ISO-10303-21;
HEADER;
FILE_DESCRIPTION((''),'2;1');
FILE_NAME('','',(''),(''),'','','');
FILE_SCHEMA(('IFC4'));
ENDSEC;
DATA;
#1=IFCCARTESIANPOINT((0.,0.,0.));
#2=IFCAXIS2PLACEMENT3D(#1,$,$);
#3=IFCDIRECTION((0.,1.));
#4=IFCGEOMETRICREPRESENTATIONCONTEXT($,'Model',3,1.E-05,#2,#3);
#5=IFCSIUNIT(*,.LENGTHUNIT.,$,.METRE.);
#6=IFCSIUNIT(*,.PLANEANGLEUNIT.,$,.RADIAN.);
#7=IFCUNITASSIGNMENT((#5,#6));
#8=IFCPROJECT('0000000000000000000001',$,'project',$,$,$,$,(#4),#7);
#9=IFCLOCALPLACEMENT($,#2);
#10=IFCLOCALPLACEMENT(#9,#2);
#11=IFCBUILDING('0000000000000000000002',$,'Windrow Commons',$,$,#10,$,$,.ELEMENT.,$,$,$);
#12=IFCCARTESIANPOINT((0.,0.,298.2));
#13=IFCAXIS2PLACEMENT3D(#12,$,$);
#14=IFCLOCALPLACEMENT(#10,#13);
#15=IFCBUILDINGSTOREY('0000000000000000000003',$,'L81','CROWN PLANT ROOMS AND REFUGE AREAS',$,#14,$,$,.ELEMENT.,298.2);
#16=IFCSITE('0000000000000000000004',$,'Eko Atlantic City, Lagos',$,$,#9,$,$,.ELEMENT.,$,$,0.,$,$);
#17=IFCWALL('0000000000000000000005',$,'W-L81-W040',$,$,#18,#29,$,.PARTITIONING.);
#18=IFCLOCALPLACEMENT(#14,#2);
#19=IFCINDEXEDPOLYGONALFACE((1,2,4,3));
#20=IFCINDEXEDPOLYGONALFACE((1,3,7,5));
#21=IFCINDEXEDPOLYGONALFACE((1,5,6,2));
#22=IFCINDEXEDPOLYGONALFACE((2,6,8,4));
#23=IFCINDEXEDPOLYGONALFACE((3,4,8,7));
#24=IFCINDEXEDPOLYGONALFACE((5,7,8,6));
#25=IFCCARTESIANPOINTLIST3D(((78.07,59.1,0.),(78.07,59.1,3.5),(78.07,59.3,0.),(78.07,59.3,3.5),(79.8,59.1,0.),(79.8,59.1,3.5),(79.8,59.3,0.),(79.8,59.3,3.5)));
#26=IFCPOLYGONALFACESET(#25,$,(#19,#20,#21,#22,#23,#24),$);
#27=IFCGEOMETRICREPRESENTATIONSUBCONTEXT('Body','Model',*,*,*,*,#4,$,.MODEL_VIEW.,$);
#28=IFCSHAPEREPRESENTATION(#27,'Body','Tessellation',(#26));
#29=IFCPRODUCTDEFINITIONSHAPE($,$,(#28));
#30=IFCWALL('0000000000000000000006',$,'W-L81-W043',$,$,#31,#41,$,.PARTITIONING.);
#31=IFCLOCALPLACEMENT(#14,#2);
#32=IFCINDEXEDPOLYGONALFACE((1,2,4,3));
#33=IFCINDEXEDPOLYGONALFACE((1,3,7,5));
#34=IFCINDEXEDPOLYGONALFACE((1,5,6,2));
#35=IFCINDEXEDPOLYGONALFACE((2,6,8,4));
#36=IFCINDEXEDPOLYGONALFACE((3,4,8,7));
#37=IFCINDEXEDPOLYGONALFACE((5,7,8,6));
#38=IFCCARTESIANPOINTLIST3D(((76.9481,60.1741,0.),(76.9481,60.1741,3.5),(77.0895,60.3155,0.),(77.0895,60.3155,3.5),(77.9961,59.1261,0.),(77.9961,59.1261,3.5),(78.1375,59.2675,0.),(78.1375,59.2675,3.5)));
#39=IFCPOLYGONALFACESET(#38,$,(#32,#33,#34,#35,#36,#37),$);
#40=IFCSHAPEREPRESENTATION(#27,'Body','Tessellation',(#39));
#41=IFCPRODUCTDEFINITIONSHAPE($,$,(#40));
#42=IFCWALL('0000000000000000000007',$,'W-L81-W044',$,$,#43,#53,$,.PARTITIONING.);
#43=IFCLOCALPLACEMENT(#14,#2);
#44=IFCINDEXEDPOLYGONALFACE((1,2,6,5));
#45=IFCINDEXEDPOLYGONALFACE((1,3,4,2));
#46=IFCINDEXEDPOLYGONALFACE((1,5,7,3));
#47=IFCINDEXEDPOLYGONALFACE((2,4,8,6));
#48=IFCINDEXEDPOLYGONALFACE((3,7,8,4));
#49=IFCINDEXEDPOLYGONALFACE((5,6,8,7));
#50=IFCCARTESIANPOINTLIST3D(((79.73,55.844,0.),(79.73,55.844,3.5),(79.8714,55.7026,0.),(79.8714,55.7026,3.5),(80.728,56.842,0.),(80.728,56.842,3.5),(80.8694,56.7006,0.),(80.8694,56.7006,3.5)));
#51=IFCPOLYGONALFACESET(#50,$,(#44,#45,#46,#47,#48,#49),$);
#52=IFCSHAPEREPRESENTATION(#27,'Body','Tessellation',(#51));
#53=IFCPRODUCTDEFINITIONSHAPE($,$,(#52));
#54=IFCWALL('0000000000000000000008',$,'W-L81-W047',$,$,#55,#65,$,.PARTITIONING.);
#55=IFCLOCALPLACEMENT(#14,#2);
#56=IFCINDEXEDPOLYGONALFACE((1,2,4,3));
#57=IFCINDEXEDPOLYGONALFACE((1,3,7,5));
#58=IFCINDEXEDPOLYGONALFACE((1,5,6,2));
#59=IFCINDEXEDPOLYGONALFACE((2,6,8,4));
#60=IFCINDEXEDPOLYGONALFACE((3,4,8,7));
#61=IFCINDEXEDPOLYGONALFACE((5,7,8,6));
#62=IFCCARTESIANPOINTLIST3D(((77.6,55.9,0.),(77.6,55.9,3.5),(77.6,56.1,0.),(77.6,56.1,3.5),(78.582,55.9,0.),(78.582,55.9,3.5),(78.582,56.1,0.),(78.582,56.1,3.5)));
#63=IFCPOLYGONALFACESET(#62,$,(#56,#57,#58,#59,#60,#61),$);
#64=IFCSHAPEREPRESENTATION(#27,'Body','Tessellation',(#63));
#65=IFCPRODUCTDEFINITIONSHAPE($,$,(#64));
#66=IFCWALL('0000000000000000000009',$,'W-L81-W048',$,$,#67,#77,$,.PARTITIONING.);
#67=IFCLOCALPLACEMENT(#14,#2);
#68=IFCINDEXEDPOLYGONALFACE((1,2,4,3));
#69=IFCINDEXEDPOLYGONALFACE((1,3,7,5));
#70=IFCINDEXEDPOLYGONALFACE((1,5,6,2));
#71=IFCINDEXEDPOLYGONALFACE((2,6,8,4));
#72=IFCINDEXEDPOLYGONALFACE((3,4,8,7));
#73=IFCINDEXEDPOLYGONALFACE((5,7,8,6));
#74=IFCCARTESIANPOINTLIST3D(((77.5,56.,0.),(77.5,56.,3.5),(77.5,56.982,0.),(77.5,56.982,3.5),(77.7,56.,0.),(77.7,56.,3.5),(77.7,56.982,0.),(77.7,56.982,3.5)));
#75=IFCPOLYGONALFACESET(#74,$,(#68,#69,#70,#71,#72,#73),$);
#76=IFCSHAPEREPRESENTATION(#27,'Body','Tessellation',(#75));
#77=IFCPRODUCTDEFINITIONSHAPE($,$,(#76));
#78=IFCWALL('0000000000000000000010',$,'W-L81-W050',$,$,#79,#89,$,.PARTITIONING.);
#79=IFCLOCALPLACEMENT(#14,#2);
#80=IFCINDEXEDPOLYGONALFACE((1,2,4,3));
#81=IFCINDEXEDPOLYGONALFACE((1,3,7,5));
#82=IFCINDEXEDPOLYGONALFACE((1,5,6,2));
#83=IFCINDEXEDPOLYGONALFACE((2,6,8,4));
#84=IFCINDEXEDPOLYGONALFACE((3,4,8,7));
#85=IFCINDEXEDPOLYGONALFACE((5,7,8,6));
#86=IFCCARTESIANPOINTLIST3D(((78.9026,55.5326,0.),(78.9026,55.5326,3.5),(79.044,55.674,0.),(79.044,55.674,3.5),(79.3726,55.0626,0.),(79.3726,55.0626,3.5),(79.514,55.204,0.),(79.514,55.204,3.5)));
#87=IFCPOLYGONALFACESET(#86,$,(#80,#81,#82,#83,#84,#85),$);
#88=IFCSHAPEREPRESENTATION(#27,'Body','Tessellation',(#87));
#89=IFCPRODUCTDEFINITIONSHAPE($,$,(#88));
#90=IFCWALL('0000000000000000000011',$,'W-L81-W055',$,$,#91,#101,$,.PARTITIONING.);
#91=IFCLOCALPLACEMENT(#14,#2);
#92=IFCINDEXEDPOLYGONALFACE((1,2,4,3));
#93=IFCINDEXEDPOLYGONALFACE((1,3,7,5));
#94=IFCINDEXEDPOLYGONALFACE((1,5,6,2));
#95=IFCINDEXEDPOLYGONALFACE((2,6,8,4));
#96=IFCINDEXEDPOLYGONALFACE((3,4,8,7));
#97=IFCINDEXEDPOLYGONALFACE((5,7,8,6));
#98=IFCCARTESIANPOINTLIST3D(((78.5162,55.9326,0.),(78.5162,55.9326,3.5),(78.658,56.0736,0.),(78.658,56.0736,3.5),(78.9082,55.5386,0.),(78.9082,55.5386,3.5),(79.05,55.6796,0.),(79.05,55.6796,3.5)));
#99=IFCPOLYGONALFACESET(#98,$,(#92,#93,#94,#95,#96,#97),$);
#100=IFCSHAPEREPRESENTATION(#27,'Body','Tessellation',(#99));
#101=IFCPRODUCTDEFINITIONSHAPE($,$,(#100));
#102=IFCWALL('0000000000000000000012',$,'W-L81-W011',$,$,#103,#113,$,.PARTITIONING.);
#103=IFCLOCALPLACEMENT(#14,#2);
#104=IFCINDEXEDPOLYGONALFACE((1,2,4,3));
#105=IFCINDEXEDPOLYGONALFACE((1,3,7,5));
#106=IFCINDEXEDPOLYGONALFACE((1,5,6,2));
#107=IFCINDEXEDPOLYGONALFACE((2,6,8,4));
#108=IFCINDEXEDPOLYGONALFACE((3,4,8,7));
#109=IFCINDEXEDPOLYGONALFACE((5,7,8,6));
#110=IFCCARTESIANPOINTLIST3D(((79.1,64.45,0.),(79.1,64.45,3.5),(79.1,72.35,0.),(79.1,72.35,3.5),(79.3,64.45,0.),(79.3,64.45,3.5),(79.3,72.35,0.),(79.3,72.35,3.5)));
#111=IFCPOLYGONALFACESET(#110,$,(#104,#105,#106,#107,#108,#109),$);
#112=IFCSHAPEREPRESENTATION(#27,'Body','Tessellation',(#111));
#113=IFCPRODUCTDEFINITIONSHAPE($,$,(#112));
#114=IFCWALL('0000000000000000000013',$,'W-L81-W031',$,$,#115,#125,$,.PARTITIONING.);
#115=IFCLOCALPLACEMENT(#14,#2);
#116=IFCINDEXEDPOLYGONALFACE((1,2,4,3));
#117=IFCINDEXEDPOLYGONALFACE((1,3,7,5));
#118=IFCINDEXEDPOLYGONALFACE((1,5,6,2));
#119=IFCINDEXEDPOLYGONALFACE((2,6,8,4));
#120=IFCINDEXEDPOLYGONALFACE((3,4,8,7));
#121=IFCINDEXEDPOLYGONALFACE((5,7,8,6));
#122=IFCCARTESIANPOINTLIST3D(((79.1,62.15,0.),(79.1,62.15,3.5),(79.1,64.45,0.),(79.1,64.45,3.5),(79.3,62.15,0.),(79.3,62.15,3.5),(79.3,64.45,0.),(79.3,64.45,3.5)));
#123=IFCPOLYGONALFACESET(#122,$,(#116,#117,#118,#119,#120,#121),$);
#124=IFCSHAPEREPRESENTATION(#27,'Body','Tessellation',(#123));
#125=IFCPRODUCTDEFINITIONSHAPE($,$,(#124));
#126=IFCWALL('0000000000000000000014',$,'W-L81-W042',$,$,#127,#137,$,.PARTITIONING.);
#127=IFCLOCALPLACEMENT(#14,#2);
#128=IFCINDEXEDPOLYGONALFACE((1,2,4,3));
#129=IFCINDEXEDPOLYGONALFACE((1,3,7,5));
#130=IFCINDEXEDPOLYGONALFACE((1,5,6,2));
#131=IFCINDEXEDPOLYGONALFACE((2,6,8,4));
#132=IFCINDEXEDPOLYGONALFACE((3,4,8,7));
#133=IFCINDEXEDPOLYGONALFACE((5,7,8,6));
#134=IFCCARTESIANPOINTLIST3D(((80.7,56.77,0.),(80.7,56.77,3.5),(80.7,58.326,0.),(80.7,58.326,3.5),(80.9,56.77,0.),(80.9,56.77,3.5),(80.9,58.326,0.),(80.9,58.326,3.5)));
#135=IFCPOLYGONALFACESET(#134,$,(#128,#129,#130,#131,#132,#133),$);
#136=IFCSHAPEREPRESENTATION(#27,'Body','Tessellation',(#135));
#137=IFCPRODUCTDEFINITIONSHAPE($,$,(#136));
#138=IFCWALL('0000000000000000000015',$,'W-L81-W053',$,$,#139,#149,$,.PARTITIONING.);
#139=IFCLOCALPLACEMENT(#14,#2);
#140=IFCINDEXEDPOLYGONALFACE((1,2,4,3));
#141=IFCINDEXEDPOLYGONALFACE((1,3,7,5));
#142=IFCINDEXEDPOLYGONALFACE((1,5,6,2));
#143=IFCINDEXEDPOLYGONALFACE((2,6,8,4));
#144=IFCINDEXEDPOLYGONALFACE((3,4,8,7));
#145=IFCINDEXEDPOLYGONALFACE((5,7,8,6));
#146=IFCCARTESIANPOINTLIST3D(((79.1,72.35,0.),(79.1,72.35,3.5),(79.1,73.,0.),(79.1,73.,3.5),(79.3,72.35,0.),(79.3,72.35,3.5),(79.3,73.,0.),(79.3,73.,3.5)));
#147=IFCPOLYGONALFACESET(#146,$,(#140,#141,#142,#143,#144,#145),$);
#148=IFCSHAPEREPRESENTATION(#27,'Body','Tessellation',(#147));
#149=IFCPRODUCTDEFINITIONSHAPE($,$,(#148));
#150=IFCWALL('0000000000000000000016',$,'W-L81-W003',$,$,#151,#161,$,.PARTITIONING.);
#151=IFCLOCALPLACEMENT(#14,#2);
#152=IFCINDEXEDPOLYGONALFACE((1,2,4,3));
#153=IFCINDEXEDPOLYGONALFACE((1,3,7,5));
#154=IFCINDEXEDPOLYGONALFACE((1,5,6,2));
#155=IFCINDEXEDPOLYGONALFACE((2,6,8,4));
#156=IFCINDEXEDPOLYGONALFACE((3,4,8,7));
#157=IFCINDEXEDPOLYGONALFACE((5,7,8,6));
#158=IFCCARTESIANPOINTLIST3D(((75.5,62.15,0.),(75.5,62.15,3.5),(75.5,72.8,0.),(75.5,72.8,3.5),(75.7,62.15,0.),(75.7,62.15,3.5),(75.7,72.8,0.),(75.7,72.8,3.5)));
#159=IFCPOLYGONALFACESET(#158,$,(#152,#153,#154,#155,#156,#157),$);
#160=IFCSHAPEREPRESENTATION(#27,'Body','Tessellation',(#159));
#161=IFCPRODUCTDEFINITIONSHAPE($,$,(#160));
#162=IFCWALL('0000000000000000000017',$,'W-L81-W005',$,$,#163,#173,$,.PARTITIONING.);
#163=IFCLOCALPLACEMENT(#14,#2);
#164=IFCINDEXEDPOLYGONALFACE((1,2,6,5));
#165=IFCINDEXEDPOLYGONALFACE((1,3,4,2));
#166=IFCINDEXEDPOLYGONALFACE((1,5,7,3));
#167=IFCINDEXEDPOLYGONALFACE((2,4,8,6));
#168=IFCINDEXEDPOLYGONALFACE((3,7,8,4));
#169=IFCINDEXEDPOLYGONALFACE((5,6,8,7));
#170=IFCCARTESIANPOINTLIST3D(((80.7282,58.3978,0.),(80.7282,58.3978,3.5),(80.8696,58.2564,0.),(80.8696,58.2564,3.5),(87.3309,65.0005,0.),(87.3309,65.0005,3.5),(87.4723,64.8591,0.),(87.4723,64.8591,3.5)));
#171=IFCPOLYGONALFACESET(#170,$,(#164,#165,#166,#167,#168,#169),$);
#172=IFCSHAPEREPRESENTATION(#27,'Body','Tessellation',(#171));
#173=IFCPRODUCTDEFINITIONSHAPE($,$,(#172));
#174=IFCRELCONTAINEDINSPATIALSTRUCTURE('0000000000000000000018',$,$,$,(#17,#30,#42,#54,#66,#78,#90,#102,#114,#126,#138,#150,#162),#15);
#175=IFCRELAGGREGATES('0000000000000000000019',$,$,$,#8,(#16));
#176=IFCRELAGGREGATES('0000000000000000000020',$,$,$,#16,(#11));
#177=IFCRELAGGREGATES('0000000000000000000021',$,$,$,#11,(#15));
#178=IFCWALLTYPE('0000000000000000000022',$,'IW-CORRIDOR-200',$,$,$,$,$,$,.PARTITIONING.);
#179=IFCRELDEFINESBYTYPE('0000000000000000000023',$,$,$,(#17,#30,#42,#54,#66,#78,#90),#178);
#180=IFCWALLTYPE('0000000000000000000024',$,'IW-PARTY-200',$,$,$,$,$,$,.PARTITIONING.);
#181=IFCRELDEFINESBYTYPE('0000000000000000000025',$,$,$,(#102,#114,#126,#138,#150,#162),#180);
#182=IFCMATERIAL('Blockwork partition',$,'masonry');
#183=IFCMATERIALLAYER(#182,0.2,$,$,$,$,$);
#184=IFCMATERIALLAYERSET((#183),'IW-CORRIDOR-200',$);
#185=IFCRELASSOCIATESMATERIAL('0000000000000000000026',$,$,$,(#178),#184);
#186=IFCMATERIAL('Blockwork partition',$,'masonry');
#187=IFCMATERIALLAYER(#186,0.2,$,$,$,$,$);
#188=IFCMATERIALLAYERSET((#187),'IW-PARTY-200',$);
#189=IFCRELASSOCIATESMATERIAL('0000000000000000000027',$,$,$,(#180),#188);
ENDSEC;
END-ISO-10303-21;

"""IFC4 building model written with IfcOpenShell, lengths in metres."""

from ifc_helpers import new_model, si_unit, direction, frame, frame_2d, origin, place, context, subcontext, project, spatial, polyline, rectangle, outline, extrude, material, layer, layer_set, type_object, element, save


model = new_model("IFC4")

# Units and contexts
model_context = context("Model", 3, precision=1e-05, world=origin(), true_north=direction((0.0, 1.0)))
body_context = subcontext(model_context, "Body", "Model", "MODEL_VIEW")
ifc_project = project(units=[si_unit("LENGTHUNIT", "METRE"), si_unit("PLANEANGLEUNIT", "RADIAN")], contexts=[model_context])

# Site, building, storey
site_placement = place(None, origin())
site = spatial("IfcSite", under=ifc_project, at=site_placement, Name="Eko Atlantic City, Lagos", CompositionType="ELEMENT", RefElevation=0.0)
building_placement = place(site_placement, origin())
building = spatial("IfcBuilding", under=site, at=building_placement, Name="Windrow Commons", CompositionType="ELEMENT")
storey_placement = place(building_placement, frame((0.0, 0.0, 298.2)))
storey = spatial("IfcBuildingStorey", under=building, at=storey_placement, Name="L81", Description="CROWN PLANT ROOMS AND REFUGE AREAS", CompositionType="ELEMENT", Elevation=298.2)

# Shared definitions
ifc_material_1 = material(Name="Blockwork partition", Category="masonry")
ifc_layer_1 = layer(ifc_material_1, 0.2)
ifc_layer_set_1 = layer_set([ifc_layer_1], Name="IW-CORRIDOR-200")
wall_type_1 = type_object("IfcWallType", Name="IW-CORRIDOR-200", PredefinedType="PARTITIONING", material=ifc_layer_set_1)

# Walls
wall_1_placement = place(storey_placement, frame((78.07, 59.2, 0.0), z_axis=(0.0, 0.0, 1.0), x_axis=(1.0, 0.0, 0.0)))
element("IfcWall", 1, at=wall_1_placement, inside=storey, type_object=wall_type_1, Name="W-L81-W040", PredefinedType="PARTITIONING", context=body_context, shape_type="SweptSolid", body=[
    extrude(rectangle(XDim=1.73, YDim=0.2, at=frame_2d((0.865, 0.0))), origin(), (0.0, 0.0, 1.0), 3.5),
])
wall_2_placement = place(storey_placement, frame((77.0188, 60.2448, 0.0), z_axis=(0.0, 0.0, 1.0), x_axis=(0.707107, -0.707107, 0.0)))
element("IfcWall", 2, at=wall_2_placement, inside=storey, type_object=wall_type_1, Name="W-L81-W043", PredefinedType="PARTITIONING", context=body_context, shape_type="SweptSolid", body=[
    extrude(rectangle(XDim=1.4821, YDim=0.2, at=frame_2d((0.741, 0.0))), origin(), (0.0, 0.0, 1.0), 3.5),
])
wall_3_placement = place(storey_placement, frame((79.8007, 55.7733, 0.0), z_axis=(0.0, 0.0, 1.0), x_axis=(0.707107, 0.707107, 0.0)))
element("IfcWall", 3, at=wall_3_placement, inside=storey, type_object=wall_type_1, Name="W-L81-W044", PredefinedType="PARTITIONING", context=body_context, shape_type="SweptSolid", body=[
    extrude(rectangle(XDim=1.4114, YDim=0.2, at=frame_2d((0.7057, 0.0))), origin(), (0.0, 0.0, 1.0), 3.5),
])
for number, where, z_axis, x_axis, name in (
    (4, (77.6, 56.0, 0.0), (0.0, 0.0, 1.0), (1.0, 0.0, 0.0), "W-L81-W047"),
    (5, (77.6, 56.0, 0.0), (0.0, 0.0, 1.0), (0.0, 1.0, 0.0), "W-L81-W048"),
):
    element("IfcWall", number, at=place(storey_placement, frame(where, z_axis=z_axis, x_axis=x_axis)), inside=storey, type_object=wall_type_1, Name=name, PredefinedType="PARTITIONING", context=body_context, shape_type="SweptSolid", body=[
        extrude(rectangle(XDim=0.982, YDim=0.2, at=frame_2d((0.491, 0.0))), origin(), (0.0, 0.0, 1.0), 3.5),
    ])
wall_4_placement = place(storey_placement, frame((78.9733, 55.6033, 0.0), z_axis=(0.0, 0.0, 1.0), x_axis=(0.707107, -0.707107, 0.0)))
element("IfcWall", 6, at=wall_4_placement, inside=storey, type_object=wall_type_1, Name="W-L81-W050", PredefinedType="PARTITIONING", context=body_context, shape_type="SweptSolid", body=[
    extrude(rectangle(XDim=0.6647, YDim=0.2, at=frame_2d((0.3323, 0.0))), origin(), (0.0, 0.0, 1.0), 3.5),
])
wall_5_placement = place(storey_placement, frame((78.5871, 56.0031, 0.0), z_axis=(0.0, 0.0, 1.0), x_axis=(0.705305, -0.708904, 0.0)))
element("IfcWall", 7, at=wall_5_placement, inside=storey, type_object=wall_type_1, Name="W-L81-W055", PredefinedType="PARTITIONING", context=body_context, shape_type="SweptSolid", body=[
    extrude(rectangle(XDim=0.5558, YDim=0.2, at=frame_2d((0.2779, 0.0))), origin(), (0.0, 0.0, 1.0), 3.5),
])
ifc_material_2 = material(Name="Blockwork partition", Category="masonry")
ifc_layer_2 = layer(ifc_material_2, 0.2)
ifc_layer_set_2 = layer_set([ifc_layer_2], Name="IW-PARTY-200")
wall_type_2 = type_object("IfcWallType", Name="IW-PARTY-200", PredefinedType="PARTITIONING", material=ifc_layer_set_2)
wall_6_placement = place(storey_placement, frame((79.2, 64.45, 0.0), z_axis=(0.0, 0.0, 1.0), x_axis=(0.0, 1.0, 0.0)))
element("IfcWall", 8, at=wall_6_placement, inside=storey, type_object=wall_type_2, Name="W-L81-W011", PredefinedType="PARTITIONING", context=body_context, shape_type="SweptSolid", body=[
    extrude(rectangle(XDim=7.9, YDim=0.2, at=frame_2d((3.95, 0.0))), origin(), (0.0, 0.0, 1.0), 3.5),
])
wall_7_placement = place(storey_placement, frame((79.2, 62.15, 0.0), z_axis=(0.0, 0.0, 1.0), x_axis=(0.0, 1.0, 0.0)))
element("IfcWall", 9, at=wall_7_placement, inside=storey, type_object=wall_type_2, Name="W-L81-W031", PredefinedType="PARTITIONING", context=body_context, shape_type="SweptSolid", body=[
    extrude(rectangle(XDim=2.3, YDim=0.2, at=frame_2d((1.15, 0.0))), origin(), (0.0, 0.0, 1.0), 3.5),
])
wall_8_placement = place(storey_placement, frame((80.8, 56.77, 0.0), z_axis=(0.0, 0.0, 1.0), x_axis=(0.0, 1.0, 0.0)))
element("IfcWall", 10, at=wall_8_placement, inside=storey, type_object=wall_type_2, Name="W-L81-W042", PredefinedType="PARTITIONING", context=body_context, shape_type="SweptSolid", body=[
    extrude(rectangle(XDim=1.556, YDim=0.2, at=frame_2d((0.778, 0.0))), origin(), (0.0, 0.0, 1.0), 3.5),
])
wall_9_placement = place(storey_placement, frame((79.2, 72.35, 0.0), z_axis=(0.0, 0.0, 1.0), x_axis=(0.0, 1.0, 0.0)))
element("IfcWall", 11, at=wall_9_placement, inside=storey, type_object=wall_type_2, Name="W-L81-W053", PredefinedType="PARTITIONING", context=body_context, shape_type="SweptSolid", body=[
    extrude(rectangle(XDim=0.65, YDim=0.2, at=frame_2d((0.325, 0.0))), origin(), (0.0, 0.0, 1.0), 3.5),
])
wall_10_placement = place(storey_placement, frame((75.6, 62.15, 0.0), z_axis=(0.0, 0.0, 1.0), x_axis=(0.0, 1.0, 0.0)))
element("IfcWall", 12, at=wall_10_placement, inside=storey, type_object=wall_type_2, Name="W-L81-W003", PredefinedType="PARTITIONING", context=body_context, shape_type="SweptSolid", body=[
    extrude(outline(polyline([(0.0, -0.1), (10.65, -0.1), (10.65, 0.1), (0.0, 0.1), (0.0, -0.1)])), origin(), (0.0, 0.0, 1.0), 3.5),
])
wall_11_placement = place(storey_placement, frame((80.7989, 58.3271, 0.0), z_axis=(0.0, 0.0, 1.0), x_axis=(0.707107, 0.707107, 0.0)))
element("IfcWall", 13, at=wall_11_placement, inside=storey, type_object=wall_type_2, Name="W-L81-W005", PredefinedType="PARTITIONING", context=body_context, shape_type="SweptSolid", body=[
    extrude(outline(polyline([(0.0, -0.1), (9.3376, -0.1), (9.3376, 0.1), (0.0, 0.1), (0.0, -0.1)])), origin(), (0.0, 0.0, 1.0), 3.5),
])

save(model, "model.ifc")
